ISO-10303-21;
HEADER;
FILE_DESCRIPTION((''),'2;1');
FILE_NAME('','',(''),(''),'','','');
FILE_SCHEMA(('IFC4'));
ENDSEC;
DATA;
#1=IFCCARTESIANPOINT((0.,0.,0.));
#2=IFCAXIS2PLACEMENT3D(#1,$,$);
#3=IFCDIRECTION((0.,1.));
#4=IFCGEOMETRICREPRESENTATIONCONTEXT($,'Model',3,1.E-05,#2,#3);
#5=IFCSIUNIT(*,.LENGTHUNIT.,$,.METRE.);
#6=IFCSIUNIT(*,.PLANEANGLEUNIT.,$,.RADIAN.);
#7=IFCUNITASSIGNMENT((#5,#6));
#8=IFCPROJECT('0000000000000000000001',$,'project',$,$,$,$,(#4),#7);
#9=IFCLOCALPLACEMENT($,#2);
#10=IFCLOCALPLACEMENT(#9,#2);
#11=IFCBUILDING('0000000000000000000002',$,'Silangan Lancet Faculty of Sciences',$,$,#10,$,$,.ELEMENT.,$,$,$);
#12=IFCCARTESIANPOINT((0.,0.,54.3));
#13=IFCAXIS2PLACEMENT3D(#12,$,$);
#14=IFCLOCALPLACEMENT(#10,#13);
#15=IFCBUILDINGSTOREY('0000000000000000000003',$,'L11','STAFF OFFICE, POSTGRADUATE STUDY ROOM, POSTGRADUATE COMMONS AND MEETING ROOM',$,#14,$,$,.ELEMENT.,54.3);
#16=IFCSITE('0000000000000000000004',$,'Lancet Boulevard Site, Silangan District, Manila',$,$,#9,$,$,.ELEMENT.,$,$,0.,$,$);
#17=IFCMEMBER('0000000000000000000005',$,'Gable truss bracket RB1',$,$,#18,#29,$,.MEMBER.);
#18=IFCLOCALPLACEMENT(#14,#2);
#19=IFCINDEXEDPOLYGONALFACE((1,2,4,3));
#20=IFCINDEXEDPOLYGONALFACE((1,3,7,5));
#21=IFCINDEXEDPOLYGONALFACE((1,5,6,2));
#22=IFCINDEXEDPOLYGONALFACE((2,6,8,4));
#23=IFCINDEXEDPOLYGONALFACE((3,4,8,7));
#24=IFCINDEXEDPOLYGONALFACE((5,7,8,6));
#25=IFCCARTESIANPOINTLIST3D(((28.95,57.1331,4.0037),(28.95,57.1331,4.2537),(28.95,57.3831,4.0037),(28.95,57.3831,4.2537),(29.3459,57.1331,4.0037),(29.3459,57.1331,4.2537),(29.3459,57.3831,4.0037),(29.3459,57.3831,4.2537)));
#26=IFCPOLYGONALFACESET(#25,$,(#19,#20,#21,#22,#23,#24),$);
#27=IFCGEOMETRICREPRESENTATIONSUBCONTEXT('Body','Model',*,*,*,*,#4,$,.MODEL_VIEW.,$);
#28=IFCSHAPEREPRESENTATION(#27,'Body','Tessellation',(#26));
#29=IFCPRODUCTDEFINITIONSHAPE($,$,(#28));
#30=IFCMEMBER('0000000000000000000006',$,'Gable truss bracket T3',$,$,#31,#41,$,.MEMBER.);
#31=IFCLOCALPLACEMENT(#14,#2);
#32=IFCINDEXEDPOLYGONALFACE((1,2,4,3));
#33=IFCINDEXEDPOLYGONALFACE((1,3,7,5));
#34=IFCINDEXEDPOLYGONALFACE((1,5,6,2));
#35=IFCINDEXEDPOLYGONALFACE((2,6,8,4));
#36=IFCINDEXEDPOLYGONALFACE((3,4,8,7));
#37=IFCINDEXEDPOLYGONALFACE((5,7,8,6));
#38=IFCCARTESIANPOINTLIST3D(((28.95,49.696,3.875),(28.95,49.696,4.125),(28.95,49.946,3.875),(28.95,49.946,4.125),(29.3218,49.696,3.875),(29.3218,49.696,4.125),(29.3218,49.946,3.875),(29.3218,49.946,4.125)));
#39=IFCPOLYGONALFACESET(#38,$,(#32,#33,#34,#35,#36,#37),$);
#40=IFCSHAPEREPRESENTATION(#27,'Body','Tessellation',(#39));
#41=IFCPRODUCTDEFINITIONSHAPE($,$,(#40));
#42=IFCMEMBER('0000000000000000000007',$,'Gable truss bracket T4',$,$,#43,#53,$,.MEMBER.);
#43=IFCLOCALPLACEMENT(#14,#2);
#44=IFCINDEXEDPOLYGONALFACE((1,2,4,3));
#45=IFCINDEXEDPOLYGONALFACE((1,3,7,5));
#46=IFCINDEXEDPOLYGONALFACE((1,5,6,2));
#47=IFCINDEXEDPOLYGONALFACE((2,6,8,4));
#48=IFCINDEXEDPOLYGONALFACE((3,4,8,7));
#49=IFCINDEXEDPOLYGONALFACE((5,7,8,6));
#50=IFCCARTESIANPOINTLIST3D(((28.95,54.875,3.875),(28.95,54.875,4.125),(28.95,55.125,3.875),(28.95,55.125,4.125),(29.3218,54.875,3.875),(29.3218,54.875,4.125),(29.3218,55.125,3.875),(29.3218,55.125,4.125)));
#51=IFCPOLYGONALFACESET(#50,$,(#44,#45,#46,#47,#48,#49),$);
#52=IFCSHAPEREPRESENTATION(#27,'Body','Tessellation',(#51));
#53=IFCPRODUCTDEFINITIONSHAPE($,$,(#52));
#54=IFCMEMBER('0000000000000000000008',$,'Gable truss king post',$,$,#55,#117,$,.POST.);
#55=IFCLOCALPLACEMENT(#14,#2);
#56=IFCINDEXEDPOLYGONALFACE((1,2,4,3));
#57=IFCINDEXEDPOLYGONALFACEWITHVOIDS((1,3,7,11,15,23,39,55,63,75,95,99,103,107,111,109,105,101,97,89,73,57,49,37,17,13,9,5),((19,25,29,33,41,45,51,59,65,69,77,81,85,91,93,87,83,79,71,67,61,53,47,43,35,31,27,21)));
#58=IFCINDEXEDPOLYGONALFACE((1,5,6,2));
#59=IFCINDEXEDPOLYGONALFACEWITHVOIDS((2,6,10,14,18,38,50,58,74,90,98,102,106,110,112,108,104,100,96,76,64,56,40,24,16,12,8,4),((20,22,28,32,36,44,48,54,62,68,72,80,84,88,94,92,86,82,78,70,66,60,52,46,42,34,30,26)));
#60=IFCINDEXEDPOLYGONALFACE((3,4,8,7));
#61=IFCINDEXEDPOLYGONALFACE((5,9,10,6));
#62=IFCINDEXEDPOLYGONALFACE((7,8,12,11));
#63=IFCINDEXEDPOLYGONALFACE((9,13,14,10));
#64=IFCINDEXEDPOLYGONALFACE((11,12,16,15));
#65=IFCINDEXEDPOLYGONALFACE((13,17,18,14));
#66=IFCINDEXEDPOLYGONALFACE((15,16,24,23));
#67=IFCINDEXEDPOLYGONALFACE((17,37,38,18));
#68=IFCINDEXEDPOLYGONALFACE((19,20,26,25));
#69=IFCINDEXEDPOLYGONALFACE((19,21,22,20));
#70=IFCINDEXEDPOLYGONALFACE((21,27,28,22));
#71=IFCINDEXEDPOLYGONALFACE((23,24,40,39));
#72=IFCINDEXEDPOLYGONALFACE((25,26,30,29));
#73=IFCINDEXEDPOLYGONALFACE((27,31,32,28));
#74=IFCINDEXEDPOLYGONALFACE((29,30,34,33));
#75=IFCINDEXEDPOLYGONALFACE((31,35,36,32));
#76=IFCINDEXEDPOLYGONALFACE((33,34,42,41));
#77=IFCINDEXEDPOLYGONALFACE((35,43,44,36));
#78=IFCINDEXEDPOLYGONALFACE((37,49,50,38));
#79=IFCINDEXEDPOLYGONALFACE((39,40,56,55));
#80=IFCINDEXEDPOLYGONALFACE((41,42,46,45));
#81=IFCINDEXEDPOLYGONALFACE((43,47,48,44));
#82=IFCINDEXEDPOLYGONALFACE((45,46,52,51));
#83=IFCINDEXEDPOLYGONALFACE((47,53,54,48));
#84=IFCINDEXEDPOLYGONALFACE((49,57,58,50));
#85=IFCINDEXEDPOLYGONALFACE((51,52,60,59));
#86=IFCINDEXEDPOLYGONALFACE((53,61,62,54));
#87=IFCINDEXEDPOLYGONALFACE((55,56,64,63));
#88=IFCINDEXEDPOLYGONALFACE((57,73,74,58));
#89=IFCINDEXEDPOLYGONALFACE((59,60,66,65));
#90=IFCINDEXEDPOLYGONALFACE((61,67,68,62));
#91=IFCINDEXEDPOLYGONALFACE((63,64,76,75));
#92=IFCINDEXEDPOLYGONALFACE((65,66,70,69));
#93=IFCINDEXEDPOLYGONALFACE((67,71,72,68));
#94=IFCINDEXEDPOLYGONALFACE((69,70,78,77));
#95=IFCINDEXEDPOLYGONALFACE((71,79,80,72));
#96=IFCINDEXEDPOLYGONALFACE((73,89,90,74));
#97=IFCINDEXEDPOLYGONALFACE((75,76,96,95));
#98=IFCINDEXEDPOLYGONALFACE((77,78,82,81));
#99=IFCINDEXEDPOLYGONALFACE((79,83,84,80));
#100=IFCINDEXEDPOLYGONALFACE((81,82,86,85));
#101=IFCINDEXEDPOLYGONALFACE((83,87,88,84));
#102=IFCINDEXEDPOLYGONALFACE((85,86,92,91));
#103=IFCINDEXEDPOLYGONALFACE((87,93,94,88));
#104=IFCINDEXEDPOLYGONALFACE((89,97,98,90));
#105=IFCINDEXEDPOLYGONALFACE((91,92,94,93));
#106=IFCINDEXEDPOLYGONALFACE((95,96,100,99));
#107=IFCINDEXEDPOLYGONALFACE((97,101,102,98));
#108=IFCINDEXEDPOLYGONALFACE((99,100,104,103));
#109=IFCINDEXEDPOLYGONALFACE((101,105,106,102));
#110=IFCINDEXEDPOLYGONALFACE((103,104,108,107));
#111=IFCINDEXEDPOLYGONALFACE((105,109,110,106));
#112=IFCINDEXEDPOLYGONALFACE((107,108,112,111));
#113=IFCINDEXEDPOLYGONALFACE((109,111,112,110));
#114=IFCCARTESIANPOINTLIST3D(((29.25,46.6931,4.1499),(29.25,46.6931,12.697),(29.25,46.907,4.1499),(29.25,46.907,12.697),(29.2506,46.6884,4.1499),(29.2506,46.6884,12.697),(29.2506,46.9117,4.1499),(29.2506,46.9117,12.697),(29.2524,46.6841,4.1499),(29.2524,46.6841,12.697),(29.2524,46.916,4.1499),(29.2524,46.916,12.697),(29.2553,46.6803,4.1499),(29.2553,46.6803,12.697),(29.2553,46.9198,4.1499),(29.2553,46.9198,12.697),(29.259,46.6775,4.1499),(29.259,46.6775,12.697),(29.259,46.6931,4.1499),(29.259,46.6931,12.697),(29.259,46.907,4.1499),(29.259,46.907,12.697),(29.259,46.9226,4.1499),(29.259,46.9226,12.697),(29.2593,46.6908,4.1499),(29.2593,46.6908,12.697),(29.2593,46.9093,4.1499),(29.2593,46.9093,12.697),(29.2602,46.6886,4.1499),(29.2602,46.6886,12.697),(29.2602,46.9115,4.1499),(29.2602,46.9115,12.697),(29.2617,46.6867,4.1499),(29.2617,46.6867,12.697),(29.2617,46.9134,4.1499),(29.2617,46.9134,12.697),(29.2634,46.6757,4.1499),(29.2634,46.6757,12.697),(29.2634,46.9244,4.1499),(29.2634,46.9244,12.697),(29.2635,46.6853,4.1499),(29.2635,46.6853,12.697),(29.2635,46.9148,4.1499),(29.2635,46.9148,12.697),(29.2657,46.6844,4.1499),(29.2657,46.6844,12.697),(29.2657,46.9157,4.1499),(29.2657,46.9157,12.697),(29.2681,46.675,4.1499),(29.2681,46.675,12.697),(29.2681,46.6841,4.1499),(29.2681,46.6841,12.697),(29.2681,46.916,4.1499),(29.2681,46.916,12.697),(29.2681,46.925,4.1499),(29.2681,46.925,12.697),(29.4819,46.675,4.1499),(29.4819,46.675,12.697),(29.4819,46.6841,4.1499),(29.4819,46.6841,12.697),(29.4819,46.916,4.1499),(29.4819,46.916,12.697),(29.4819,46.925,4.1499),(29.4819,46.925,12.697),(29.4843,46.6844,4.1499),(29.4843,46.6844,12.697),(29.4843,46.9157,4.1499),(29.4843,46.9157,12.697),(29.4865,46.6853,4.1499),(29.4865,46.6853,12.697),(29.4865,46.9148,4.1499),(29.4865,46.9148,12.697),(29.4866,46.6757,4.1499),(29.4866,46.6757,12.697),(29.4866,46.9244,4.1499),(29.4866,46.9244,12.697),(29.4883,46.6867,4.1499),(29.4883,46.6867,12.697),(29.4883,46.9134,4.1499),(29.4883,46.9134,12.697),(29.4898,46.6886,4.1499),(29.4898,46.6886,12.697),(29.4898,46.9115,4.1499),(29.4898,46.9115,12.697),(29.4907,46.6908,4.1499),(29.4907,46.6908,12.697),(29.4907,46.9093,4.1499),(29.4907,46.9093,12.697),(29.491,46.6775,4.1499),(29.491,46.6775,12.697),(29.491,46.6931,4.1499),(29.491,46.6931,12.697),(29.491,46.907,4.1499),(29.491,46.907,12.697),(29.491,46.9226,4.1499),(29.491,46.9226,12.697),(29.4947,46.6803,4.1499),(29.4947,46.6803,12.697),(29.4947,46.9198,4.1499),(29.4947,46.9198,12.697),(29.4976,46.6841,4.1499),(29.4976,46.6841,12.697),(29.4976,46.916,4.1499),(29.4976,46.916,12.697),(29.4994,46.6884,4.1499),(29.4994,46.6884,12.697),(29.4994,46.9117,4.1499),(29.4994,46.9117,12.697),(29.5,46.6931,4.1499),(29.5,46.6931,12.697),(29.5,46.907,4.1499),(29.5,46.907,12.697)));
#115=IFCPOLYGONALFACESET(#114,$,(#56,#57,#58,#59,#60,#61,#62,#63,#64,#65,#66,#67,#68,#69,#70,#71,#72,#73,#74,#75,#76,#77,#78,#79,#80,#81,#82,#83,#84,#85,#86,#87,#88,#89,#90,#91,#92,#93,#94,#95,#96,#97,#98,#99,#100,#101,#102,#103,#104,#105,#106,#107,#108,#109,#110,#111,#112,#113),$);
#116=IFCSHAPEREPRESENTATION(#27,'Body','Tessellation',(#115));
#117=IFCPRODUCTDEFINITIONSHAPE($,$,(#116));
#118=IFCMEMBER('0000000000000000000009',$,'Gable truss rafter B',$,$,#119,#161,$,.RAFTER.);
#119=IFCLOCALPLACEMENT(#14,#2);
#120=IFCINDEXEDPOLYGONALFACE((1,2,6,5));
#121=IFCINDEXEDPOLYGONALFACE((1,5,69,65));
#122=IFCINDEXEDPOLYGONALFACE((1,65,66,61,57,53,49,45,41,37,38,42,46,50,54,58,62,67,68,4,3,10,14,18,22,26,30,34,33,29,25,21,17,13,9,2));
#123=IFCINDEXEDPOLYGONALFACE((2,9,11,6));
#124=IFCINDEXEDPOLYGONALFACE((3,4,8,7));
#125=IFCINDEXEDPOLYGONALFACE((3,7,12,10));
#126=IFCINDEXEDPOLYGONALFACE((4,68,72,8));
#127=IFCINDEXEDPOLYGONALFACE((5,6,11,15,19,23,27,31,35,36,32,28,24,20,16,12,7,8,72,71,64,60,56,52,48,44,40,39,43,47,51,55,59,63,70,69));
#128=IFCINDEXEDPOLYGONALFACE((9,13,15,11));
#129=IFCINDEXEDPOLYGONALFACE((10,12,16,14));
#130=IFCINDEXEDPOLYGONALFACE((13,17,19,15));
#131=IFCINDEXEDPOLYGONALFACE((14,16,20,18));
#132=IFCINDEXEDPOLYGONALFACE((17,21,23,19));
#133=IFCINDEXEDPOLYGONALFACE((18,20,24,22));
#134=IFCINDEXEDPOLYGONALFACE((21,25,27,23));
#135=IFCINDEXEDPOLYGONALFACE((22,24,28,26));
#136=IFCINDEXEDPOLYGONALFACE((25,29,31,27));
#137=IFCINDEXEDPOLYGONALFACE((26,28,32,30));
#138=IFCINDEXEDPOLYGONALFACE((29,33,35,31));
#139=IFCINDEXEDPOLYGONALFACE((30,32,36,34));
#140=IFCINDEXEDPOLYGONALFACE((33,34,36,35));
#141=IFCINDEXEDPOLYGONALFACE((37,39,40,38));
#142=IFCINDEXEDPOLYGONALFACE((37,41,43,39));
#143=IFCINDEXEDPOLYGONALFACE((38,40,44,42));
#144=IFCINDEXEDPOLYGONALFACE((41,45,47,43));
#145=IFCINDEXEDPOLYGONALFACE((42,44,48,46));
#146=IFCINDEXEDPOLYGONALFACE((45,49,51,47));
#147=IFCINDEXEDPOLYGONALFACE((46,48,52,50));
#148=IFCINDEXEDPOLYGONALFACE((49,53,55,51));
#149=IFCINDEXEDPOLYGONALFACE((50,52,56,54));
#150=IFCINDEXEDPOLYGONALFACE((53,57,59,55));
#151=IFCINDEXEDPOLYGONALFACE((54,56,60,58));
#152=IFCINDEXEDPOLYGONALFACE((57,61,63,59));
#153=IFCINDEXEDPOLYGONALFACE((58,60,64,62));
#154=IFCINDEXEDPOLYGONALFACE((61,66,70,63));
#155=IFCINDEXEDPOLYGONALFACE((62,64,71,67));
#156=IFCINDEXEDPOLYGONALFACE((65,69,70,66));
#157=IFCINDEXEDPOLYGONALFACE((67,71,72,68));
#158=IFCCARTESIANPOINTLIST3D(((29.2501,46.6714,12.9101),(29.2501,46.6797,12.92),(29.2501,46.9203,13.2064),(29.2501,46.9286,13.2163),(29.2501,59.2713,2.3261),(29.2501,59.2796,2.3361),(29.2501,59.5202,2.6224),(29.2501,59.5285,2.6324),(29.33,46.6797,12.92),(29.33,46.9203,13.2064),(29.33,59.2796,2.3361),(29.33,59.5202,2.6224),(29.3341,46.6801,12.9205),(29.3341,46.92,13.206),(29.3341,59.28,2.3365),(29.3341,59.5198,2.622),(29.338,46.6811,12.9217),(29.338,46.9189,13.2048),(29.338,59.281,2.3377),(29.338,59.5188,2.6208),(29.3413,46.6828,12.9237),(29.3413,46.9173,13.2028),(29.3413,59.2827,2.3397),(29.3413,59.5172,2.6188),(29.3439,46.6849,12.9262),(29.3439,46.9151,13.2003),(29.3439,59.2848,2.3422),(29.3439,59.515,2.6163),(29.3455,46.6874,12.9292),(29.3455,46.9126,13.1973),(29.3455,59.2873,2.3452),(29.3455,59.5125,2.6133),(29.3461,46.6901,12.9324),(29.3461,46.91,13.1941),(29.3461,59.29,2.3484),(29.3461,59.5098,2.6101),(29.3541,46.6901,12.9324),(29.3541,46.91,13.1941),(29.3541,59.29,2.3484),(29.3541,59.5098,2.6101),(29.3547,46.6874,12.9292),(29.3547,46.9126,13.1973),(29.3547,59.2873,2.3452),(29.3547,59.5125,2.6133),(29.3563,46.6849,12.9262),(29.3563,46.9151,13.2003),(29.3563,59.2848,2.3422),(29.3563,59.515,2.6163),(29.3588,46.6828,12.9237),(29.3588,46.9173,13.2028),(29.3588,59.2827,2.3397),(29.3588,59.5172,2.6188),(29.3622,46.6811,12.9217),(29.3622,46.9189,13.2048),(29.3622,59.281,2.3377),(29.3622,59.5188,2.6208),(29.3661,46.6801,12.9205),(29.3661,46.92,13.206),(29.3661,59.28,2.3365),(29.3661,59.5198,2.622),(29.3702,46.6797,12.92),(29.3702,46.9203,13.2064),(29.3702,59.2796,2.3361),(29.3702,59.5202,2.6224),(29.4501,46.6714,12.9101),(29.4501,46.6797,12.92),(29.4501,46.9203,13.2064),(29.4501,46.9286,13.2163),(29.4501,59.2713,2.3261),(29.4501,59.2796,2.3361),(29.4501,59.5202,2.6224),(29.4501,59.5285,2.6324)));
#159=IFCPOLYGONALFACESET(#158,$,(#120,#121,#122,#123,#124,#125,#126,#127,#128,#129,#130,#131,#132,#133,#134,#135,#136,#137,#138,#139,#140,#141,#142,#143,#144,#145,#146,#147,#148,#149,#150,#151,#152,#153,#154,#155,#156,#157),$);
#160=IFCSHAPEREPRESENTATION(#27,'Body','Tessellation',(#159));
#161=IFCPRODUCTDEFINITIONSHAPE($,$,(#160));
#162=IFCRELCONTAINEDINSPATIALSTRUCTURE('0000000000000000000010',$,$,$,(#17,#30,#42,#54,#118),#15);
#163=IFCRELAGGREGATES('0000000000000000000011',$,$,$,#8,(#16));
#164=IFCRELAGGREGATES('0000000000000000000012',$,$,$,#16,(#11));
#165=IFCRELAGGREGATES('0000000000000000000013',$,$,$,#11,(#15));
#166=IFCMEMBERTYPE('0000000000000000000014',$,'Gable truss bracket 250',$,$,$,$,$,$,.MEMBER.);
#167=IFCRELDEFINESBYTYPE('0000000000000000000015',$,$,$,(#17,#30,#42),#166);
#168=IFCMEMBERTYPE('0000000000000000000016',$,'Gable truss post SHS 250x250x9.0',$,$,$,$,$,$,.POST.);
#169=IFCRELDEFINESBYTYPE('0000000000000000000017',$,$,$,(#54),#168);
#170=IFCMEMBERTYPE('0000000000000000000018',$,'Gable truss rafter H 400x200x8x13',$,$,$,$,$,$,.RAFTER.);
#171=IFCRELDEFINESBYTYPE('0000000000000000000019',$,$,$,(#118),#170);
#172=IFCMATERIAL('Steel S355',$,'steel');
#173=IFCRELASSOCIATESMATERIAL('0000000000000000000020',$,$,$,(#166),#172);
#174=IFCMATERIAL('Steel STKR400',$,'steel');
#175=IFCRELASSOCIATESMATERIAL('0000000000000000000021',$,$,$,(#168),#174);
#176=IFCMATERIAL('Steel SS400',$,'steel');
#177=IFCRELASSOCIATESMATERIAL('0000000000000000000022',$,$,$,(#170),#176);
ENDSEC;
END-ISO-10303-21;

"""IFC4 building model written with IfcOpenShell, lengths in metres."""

from ifc_helpers import new_model, si_unit, direction, frame, origin, origin_2d, place, context, subcontext, project, spatial, rectangle, hollow_rectangle, i_section, extrude, material, material_profile, profile_set, type_object, element, save


model = new_model("IFC4")

# Units and contexts
model_context = context("Model", 3, precision=1e-05, world=origin(), true_north=direction((0.0, 1.0)))
body_context = subcontext(model_context, "Body", "Model", "MODEL_VIEW")
ifc_project = project(units=[si_unit("LENGTHUNIT", "METRE"), si_unit("PLANEANGLEUNIT", "RADIAN")], contexts=[model_context])

# Site, building, storey
site_placement = place(None, origin())
site = spatial("IfcSite", under=ifc_project, at=site_placement, Name="Lancet Boulevard Site, Silangan District, Manila", CompositionType="ELEMENT", RefElevation=0.0)
building_placement = place(site_placement, origin())
building = spatial("IfcBuilding", under=site, at=building_placement, Name="Silangan Lancet Faculty of Sciences", CompositionType="ELEMENT")
storey_placement = place(building_placement, frame((0.0, 0.0, 54.3)))
storey = spatial("IfcBuildingStorey", under=building, at=storey_placement, Name="L11", Description="STAFF OFFICE, POSTGRADUATE STUDY ROOM, POSTGRADUATE COMMONS AND MEETING ROOM", CompositionType="ELEMENT", Elevation=54.3)

# Members
ifc_material_1 = material(Name="Steel S355", Category="steel")
ifc_material_profile_1 = material_profile(ifc_material_1, rectangle(XDim=0.25, YDim=0.25, at=origin_2d()), Name="steel 250x250")
ifc_profile_set_1 = profile_set([ifc_material_profile_1], Name="Steel S355")
member_type_1 = type_object("IfcMemberType", Name="Gable truss bracket 250", PredefinedType="MEMBER", material=ifc_profile_set_1)
member_1_placement = place(storey_placement, frame((28.95, 57.2581, 4.1287), z_axis=(1.0, 0.0, 0.0), x_axis=(0.0, 1.0, 0.0)))
element("IfcMember", 1, at=member_1_placement, inside=storey, type_object=member_type_1, Name="Gable truss bracket RB1", PredefinedType="MEMBER", context=body_context, shape_type="SweptSolid", body=[
    extrude(rectangle(XDim=0.25, YDim=0.25, at=origin_2d()), origin(), (0.0, 0.0, 1.0), 0.396),
])
for number, where, z_axis, x_axis, name in (
    (2, (28.95, 49.821, 4.0), (1.0, 0.0, 0.0), (0.0, 1.0, 0.0), "Gable truss bracket T3"),
    (3, (28.95, 55.0, 4.0), (1.0, 0.0, 0.0), (0.0, 1.0, 0.0), "Gable truss bracket T4"),
):
    element("IfcMember", number, at=place(storey_placement, frame(where, z_axis=z_axis, x_axis=x_axis)), inside=storey, type_object=member_type_1, Name=name, PredefinedType="MEMBER", context=body_context, shape_type="SweptSolid", body=[
        extrude(rectangle(XDim=0.25, YDim=0.25, at=origin_2d()), origin(), (0.0, 0.0, 1.0), 0.3718),
    ])
ifc_material_2 = material(Name="Steel STKR400", Category="steel")
ifc_material_profile_2 = material_profile(ifc_material_2, hollow_rectangle(XDim=0.25, YDim=0.25, WallThickness=0.009, InnerFilletRadius=0.009, OuterFilletRadius=0.0181, at=origin_2d()), Name="SHS 250x250x9.0")
ifc_profile_set_2 = profile_set([ifc_material_profile_2], Name="Steel STKR400")
member_type_2 = type_object("IfcMemberType", Name="Gable truss post SHS 250x250x9.0", PredefinedType="POST", material=ifc_profile_set_2)
member_2_placement = place(storey_placement, frame((29.375, 46.8, 4.1499), z_axis=(0.0, 0.0, 1.0), x_axis=(1.0, 0.0, 0.0)))
element("IfcMember", 4, at=member_2_placement, inside=storey, type_object=member_type_2, Name="Gable truss king post", PredefinedType="POST", context=body_context, shape_type="SweptSolid", body=[
    extrude(hollow_rectangle(XDim=0.25, YDim=0.25, WallThickness=0.009, InnerFilletRadius=0.009, OuterFilletRadius=0.0181, at=origin_2d()), origin(), (0.0, 0.0, 1.0), 8.5471),
])
ifc_material_3 = material(Name="Steel SS400", Category="steel")
ifc_material_profile_3 = material_profile(ifc_material_3, i_section(OverallWidth=0.2, OverallDepth=0.3999, WebThickness=0.0081, FlangeThickness=0.0129, FilletRadius=0.0161, at=origin_2d()), Name="H 400x200x8x13")
ifc_profile_set_3 = profile_set([ifc_material_profile_3], Name="Steel SS400")
member_type_3 = type_object("IfcMemberType", Name="Gable truss rafter H 400x200x8x13", PredefinedType="RAFTER", material=ifc_profile_set_3)
member_3_placement = place(storey_placement, frame((29.3501, 59.3999, 2.4792), z_axis=(0.0, -0.765702, 0.643196), x_axis=(1.0, 0.0, 0.0)))
element("IfcMember", 5, at=member_3_placement, inside=storey, type_object=member_type_3, Name="Gable truss rafter B", PredefinedType="RAFTER", context=body_context, shape_type="SweptSolid", body=[
    extrude(i_section(OverallWidth=0.2, OverallDepth=0.3999, WebThickness=0.0081, FlangeThickness=0.0129, FilletRadius=0.0161, at=origin_2d()), origin(), (0.0, 0.0, 1.0), 16.4553),
])

save(model, "model.ifc")
